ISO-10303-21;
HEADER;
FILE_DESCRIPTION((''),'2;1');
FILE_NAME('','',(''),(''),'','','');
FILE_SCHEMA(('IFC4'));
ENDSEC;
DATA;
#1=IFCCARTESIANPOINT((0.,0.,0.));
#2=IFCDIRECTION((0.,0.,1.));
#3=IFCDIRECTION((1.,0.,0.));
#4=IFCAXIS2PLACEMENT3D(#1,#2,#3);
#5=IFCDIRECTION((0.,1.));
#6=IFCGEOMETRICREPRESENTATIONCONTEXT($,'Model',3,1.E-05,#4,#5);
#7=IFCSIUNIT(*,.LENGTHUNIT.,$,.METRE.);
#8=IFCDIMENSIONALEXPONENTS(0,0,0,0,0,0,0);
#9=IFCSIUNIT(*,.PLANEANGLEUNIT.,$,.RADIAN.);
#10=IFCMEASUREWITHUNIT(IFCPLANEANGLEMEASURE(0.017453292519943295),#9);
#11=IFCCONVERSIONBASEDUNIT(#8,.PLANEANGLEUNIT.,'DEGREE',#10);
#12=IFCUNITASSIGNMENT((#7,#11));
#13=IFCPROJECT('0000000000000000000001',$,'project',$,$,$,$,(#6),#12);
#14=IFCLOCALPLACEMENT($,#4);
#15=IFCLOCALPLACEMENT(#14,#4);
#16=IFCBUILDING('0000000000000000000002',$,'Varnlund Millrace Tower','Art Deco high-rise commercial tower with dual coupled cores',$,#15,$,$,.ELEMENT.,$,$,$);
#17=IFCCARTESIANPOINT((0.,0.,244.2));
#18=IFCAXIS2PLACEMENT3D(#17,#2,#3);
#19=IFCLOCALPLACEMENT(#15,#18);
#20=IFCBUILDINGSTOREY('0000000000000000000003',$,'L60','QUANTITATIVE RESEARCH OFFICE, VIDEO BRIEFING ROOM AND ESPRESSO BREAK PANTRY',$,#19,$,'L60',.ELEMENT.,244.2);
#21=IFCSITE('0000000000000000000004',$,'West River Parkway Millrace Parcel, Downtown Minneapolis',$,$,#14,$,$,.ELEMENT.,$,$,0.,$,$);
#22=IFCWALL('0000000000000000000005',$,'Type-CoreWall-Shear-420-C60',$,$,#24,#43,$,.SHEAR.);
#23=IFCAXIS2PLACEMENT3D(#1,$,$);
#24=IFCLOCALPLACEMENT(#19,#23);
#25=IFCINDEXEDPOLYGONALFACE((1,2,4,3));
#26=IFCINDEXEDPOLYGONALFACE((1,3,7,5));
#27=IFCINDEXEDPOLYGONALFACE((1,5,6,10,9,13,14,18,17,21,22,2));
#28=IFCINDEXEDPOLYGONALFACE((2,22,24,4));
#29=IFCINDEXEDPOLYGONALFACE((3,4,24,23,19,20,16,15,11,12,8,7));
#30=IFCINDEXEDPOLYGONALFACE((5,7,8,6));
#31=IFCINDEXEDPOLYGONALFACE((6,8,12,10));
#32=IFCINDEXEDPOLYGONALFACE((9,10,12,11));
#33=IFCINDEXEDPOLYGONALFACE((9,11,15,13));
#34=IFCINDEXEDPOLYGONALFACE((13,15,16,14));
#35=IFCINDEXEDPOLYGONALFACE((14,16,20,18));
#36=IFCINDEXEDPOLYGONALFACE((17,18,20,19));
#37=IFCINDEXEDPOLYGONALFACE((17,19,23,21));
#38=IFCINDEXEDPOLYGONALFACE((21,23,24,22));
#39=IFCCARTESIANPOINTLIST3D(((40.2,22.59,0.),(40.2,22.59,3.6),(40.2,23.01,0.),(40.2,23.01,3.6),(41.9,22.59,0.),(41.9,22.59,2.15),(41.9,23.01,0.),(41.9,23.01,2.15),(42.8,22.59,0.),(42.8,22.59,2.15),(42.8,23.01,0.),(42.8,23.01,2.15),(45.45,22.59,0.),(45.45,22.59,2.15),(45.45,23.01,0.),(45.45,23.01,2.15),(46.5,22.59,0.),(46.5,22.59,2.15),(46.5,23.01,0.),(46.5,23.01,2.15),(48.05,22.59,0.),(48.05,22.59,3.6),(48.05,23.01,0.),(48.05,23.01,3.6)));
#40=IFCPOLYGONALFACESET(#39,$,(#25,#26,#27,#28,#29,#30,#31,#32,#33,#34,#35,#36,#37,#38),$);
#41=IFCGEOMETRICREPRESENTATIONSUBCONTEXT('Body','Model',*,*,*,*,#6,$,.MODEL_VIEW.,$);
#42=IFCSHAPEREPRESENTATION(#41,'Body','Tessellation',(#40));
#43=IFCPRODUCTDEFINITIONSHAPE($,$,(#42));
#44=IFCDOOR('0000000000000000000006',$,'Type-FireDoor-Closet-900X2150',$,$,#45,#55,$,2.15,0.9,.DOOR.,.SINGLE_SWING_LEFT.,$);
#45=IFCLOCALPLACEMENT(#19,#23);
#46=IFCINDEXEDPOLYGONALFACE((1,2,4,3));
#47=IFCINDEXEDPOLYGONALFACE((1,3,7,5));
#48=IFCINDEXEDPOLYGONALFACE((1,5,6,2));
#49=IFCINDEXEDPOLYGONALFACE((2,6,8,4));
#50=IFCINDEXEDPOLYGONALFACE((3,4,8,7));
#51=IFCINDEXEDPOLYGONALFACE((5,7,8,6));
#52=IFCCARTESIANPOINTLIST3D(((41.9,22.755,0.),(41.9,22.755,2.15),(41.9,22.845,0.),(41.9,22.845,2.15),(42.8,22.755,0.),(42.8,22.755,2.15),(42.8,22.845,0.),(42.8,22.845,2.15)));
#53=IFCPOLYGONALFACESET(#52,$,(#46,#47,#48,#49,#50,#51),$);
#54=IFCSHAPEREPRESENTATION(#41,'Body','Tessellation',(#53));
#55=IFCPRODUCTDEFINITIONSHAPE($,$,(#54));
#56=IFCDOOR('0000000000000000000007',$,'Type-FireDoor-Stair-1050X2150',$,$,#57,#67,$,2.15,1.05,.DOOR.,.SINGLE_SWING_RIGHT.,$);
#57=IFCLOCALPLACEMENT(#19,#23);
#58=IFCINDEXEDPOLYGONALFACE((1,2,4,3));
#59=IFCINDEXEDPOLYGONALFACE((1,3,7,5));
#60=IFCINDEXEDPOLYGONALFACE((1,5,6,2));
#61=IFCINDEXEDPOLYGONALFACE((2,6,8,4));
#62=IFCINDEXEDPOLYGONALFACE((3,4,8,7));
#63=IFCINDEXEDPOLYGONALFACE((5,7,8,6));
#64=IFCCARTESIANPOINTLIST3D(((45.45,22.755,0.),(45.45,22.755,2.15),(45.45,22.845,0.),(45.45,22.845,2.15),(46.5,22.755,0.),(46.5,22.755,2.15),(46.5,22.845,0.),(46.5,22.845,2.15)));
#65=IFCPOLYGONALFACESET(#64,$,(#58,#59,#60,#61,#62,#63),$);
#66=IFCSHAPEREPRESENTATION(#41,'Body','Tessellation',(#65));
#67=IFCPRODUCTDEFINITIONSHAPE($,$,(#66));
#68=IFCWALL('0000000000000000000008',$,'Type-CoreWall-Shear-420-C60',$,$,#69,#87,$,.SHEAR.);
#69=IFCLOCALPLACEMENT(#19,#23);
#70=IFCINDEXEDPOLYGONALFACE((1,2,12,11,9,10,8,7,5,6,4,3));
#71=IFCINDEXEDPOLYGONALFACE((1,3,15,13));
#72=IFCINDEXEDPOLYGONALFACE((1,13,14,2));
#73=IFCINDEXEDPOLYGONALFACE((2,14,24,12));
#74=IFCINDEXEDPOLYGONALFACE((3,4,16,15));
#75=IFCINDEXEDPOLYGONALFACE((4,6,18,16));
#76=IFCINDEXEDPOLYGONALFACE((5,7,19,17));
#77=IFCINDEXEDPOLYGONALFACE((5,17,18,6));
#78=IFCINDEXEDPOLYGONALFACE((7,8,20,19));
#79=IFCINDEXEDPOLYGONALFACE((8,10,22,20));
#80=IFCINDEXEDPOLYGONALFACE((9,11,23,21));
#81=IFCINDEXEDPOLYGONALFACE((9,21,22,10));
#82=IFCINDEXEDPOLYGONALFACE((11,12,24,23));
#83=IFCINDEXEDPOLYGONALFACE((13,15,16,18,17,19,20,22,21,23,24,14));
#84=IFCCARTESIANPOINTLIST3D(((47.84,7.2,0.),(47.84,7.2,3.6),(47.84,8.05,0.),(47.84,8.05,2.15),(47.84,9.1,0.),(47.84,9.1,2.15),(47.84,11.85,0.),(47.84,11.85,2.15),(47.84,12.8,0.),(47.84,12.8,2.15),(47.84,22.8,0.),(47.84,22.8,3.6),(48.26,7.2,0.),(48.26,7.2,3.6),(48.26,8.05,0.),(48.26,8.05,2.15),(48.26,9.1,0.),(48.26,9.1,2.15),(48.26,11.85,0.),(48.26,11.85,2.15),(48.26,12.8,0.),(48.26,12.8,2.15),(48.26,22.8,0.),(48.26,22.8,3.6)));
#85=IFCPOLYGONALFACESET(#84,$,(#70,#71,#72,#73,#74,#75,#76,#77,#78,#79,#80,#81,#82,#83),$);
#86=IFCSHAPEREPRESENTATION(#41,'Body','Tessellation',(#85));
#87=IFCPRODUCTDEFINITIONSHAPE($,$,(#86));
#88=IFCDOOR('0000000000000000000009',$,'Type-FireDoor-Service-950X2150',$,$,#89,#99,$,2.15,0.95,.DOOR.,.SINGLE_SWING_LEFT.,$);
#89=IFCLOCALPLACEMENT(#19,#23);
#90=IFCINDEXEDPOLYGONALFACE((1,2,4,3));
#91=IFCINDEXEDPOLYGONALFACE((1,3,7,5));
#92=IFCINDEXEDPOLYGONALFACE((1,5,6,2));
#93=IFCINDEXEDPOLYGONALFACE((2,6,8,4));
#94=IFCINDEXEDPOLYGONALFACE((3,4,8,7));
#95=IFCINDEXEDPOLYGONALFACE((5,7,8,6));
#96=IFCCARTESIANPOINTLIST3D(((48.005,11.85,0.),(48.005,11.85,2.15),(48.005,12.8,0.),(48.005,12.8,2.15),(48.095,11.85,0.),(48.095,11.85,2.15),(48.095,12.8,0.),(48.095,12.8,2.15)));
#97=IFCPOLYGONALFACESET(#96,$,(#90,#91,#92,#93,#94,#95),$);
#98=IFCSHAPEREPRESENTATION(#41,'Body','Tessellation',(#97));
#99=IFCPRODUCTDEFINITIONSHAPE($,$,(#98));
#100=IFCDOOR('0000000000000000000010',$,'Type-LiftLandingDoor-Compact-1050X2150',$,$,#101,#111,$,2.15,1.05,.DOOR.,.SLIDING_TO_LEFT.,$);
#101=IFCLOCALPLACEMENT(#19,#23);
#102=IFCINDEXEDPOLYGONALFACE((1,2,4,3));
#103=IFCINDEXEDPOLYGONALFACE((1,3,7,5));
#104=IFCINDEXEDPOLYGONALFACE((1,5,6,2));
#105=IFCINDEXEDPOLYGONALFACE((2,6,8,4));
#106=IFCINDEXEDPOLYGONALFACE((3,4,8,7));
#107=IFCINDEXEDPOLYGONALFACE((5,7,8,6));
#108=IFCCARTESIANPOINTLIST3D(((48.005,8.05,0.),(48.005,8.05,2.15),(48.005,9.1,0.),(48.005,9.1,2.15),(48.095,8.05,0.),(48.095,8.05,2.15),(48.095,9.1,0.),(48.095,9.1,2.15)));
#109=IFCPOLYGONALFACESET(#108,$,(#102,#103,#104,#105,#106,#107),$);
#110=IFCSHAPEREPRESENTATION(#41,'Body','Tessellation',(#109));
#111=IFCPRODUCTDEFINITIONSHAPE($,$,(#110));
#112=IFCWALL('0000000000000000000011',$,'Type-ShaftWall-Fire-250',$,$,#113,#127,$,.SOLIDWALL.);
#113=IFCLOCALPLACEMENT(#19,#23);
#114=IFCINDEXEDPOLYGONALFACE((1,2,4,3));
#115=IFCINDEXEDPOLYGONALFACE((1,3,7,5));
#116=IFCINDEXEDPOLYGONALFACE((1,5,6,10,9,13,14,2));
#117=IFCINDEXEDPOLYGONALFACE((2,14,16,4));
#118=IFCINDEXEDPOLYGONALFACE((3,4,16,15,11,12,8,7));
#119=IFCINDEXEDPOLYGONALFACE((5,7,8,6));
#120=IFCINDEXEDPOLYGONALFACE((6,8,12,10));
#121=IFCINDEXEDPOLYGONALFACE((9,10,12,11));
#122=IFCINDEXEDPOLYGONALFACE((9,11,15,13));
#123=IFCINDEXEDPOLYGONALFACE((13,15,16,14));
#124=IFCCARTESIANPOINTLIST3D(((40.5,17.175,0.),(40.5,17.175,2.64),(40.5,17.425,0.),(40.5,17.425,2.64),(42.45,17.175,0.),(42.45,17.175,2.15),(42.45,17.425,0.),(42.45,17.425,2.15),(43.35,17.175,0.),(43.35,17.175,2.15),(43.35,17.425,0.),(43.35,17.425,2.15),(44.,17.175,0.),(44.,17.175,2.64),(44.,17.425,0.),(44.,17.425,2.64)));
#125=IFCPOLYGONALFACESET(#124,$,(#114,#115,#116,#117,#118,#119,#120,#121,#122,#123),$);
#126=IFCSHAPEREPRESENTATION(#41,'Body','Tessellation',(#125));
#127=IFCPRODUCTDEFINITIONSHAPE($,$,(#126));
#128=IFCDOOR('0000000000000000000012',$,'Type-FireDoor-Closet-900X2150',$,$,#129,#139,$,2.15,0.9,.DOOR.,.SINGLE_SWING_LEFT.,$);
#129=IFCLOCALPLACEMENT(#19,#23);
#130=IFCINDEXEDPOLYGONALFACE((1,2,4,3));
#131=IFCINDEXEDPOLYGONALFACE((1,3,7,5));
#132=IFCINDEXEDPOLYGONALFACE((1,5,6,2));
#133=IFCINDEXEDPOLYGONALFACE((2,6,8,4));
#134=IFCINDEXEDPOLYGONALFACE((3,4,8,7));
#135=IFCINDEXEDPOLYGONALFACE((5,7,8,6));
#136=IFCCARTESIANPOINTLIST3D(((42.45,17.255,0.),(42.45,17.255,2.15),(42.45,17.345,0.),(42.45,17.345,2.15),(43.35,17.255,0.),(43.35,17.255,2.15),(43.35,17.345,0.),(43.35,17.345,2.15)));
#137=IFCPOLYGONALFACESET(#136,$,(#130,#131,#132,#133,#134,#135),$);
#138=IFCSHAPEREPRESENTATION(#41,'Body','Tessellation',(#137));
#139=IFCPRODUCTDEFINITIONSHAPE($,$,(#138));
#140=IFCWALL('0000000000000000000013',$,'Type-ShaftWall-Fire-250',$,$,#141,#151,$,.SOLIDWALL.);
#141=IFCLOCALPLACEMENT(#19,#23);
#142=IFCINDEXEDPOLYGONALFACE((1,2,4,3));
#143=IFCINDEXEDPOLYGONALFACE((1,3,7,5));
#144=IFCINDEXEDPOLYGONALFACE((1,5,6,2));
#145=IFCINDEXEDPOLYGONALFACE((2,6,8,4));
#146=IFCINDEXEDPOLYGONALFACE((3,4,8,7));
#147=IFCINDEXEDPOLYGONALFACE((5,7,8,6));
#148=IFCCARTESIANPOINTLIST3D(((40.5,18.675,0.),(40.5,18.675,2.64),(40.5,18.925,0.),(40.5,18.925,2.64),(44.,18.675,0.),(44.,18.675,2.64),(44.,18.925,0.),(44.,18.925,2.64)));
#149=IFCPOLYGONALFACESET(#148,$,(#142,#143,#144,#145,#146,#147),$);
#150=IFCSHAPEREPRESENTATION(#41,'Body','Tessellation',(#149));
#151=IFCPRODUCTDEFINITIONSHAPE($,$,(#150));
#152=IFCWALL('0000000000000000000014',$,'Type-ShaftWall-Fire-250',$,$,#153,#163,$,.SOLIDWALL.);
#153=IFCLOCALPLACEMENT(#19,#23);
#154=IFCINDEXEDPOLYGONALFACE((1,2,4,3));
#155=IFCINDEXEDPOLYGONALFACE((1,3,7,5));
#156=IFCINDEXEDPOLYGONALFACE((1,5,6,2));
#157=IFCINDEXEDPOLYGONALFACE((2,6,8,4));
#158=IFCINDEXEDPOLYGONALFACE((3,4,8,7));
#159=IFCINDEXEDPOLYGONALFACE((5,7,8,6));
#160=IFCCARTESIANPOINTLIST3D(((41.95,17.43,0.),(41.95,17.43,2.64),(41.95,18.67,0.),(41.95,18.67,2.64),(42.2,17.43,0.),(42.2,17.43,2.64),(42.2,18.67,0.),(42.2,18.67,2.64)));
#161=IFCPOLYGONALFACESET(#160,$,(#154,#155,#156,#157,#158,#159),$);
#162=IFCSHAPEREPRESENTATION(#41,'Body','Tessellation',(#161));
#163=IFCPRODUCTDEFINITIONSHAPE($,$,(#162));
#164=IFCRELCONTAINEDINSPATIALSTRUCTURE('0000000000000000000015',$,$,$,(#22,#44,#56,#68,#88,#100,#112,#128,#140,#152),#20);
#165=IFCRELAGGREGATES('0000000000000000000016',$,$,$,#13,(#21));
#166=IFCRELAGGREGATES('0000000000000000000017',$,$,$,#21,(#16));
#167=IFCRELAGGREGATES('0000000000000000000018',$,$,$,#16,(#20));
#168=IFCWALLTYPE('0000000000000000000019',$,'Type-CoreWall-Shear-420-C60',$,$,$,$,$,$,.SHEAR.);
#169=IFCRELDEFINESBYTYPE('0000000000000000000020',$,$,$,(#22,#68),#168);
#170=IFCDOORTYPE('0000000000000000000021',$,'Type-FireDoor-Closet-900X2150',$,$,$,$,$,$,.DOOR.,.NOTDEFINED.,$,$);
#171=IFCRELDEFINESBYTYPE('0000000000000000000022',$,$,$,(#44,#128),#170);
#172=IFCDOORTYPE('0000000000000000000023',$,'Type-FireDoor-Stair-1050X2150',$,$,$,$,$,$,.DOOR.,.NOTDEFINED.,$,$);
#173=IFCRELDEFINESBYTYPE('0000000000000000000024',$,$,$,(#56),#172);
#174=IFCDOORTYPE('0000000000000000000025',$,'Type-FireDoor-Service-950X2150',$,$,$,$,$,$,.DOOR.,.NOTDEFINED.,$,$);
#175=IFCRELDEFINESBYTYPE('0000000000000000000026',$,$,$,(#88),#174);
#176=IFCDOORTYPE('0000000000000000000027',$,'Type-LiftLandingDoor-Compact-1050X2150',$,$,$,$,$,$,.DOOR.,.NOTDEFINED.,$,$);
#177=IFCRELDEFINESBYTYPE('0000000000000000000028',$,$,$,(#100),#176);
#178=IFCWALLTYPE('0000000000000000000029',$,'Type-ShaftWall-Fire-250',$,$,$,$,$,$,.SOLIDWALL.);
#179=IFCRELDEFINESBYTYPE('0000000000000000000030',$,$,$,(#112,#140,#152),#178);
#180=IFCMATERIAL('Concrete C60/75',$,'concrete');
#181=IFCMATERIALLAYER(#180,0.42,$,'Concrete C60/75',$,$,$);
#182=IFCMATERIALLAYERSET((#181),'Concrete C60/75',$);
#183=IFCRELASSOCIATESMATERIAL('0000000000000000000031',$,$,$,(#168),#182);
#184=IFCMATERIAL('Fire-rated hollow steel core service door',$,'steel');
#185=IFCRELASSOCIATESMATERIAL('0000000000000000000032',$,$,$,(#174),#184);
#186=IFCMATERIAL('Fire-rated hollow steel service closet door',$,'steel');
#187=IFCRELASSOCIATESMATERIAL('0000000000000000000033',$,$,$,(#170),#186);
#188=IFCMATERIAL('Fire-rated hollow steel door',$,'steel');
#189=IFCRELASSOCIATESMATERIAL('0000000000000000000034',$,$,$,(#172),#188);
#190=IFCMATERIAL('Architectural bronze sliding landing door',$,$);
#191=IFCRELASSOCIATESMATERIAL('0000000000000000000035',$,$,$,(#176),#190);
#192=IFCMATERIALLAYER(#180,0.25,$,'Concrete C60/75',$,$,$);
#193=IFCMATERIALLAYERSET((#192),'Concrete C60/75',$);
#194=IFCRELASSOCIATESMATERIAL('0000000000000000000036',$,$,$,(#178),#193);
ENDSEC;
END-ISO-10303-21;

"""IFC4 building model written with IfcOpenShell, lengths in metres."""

from ifc_helpers import new_model, entity, si_unit, converted_unit, direction, frame, origin_with_axes, origin_2d_with_axis, place, context, subcontext, project, spatial, polyline, rectangle, outline, extrude, material, layer, layer_set, type_object, element, fill, save


model = new_model("IFC4")

# Units and contexts
model_context = context("Model", 3, precision=1e-05, world=origin_with_axes(), true_north=direction((0.0, 1.0)))
body_context = subcontext(model_context, "Body", "Model", "MODEL_VIEW")
ifc_project = project(units=[si_unit("LENGTHUNIT", "METRE"), converted_unit("PLANEANGLEUNIT", "DEGREE", entity("IfcPlaneAngleMeasure", 0.017453292519943295), si_unit("PLANEANGLEUNIT", "RADIAN"), dimensions=[0, 0, 0, 0, 0, 0, 0])], contexts=[model_context])

# Site, building, storey
site_placement = place(None, origin_with_axes())
site = spatial("IfcSite", under=ifc_project, at=site_placement, Name="West River Parkway Millrace Parcel, Downtown Minneapolis", CompositionType="ELEMENT", RefElevation=0.0)
building_placement = place(site_placement, origin_with_axes())
building = spatial("IfcBuilding", under=site, at=building_placement, Name="Varnlund Millrace Tower", Description="Art Deco high-rise commercial tower with dual coupled cores", CompositionType="ELEMENT")
storey_placement = place(building_placement, frame((0.0, 0.0, 244.2), z_axis=(0.0, 0.0, 1.0), x_axis=(1.0, 0.0, 0.0)))
storey = spatial("IfcBuildingStorey", under=building, at=storey_placement, Name="L60", Description="QUANTITATIVE RESEARCH OFFICE, VIDEO BRIEFING ROOM AND ESPRESSO BREAK PANTRY", LongName="L60", CompositionType="ELEMENT", Elevation=244.2)

# Shared definitions
ifc_material_1 = material(Name="Concrete C60/75", Category="concrete")
ifc_layer_1 = layer(ifc_material_1, 0.42, Name="Concrete C60/75")
ifc_layer_set_1 = layer_set([ifc_layer_1], Name="Concrete C60/75")
wall_type_1 = type_object("IfcWallType", Name="Type-CoreWall-Shear-420-C60", PredefinedType="SHEAR", material=ifc_layer_set_1)
ifc_material_2 = material(Name="Fire-rated hollow steel core service door", Category="steel")
door_type_1 = type_object("IfcDoorType", Name="Type-FireDoor-Service-950X2150", OperationType="NOTDEFINED", PredefinedType="DOOR", material=ifc_material_2)
ifc_material_3 = material(Name="Fire-rated hollow steel service closet door", Category="steel")
door_type_2 = type_object("IfcDoorType", Name="Type-FireDoor-Closet-900X2150", OperationType="NOTDEFINED", PredefinedType="DOOR", material=ifc_material_3)

# Shared definitions
ifc_material_4 = material(Name="Fire-rated hollow steel door", Category="steel")
door_type_3 = type_object("IfcDoorType", Name="Type-FireDoor-Stair-1050X2150", OperationType="NOTDEFINED", PredefinedType="DOOR", material=ifc_material_4)

# Walls, openings, doors
wall_1_placement = place(storey_placement, frame((40.2, 22.8, 0.0), z_axis=(0.0, 0.0, 1.0), x_axis=(1.0, 0.0, 0.0)))
wall_1 = element("IfcWall", 1, at=wall_1_placement, inside=storey, type_object=wall_type_1, Name="Type-CoreWall-Shear-420-C60", PredefinedType="SHEAR", context=body_context, shape_type="SweptSolid", body=[
    extrude(outline(polyline([(0.0, -0.21), (7.85, -0.21), (7.85, 0.21), (0.0, 0.21), (0.0, -0.21)])), origin_with_axes(), (0.0, 0.0, 1.0), 3.6),
])
opening_1_placement = place(wall_1_placement, frame((5.775, 0.0, 0.0), z_axis=(0.0, 0.0, 1.0), x_axis=(1.0, 0.0, 0.0)))
opening_1 = element("IfcOpeningElement", 2, at=opening_1_placement, cuts=wall_1, PredefinedType="OPENING", context=body_context, shape_type="SweptSolid", body=[
    extrude(rectangle(XDim=1.05, YDim=0.44, at=origin_2d_with_axis()), origin_with_axes(), (0.0, 0.0, 1.0), 2.15),
])
opening_2_placement = place(wall_1_placement, frame((2.15, 0.0, 0.0), z_axis=(0.0, 0.0, 1.0), x_axis=(1.0, 0.0, 0.0)))
opening_2 = element("IfcOpeningElement", 3, at=opening_2_placement, cuts=wall_1, PredefinedType="OPENING", context=body_context, shape_type="SweptSolid", body=[
    extrude(rectangle(XDim=0.9, YDim=0.44, at=origin_2d_with_axis()), origin_with_axes(), (0.0, 0.0, 1.0), 2.15),
])
door_1_placement = place(wall_1_placement, frame((2.15, 0.0, 0.0), z_axis=(0.0, 0.0, 1.0), x_axis=(1.0, 0.0, 0.0)))
door_1 = element("IfcDoor", 4, at=door_1_placement, inside=storey, type_object=door_type_2, Name="Type-FireDoor-Closet-900X2150", OperationType="SINGLE_SWING_LEFT", OverallHeight=2.15, OverallWidth=0.9, PredefinedType="DOOR", context=body_context, shape_type="SweptSolid", body=[
    extrude(rectangle(XDim=0.9, YDim=0.09, at=origin_2d_with_axis()), origin_with_axes(), (0.0, 0.0, 1.0), 2.15),
])
fill(opening_2, door_1)
door_2_placement = place(wall_1_placement, frame((5.775, 0.0, 0.0), z_axis=(0.0, 0.0, 1.0), x_axis=(1.0, 0.0, 0.0)))
door_2 = element("IfcDoor", 5, at=door_2_placement, inside=storey, type_object=door_type_3, Name="Type-FireDoor-Stair-1050X2150", OperationType="SINGLE_SWING_RIGHT", OverallHeight=2.15, OverallWidth=1.05, PredefinedType="DOOR", context=body_context, shape_type="SweptSolid", body=[
    extrude(rectangle(XDim=1.05, YDim=0.09, at=origin_2d_with_axis()), origin_with_axes(), (0.0, 0.0, 1.0), 2.15),
])
fill(opening_1, door_2)
wall_2_placement = place(storey_placement, frame((48.05, 7.2, 0.0), z_axis=(0.0, 0.0, 1.0), x_axis=(0.0, 1.0, 0.0)))
wall_2 = element("IfcWall", 6, at=wall_2_placement, inside=storey, type_object=wall_type_1, Name="Type-CoreWall-Shear-420-C60", PredefinedType="SHEAR", context=body_context, shape_type="SweptSolid", body=[
    extrude(outline(polyline([(0.0, -0.21), (15.6, -0.21), (15.6, 0.21), (0.0, 0.21), (0.0, -0.21)])), origin_with_axes(), (0.0, 0.0, 1.0), 3.6),
])
opening_3_placement = place(wall_2_placement, frame((1.375, 0.0, 0.0), z_axis=(0.0, 0.0, 1.0), x_axis=(1.0, 0.0, 0.0)))
opening_3 = element("IfcOpeningElement", 7, at=opening_3_placement, cuts=wall_2, PredefinedType="OPENING", context=body_context, shape_type="SweptSolid", body=[
    extrude(rectangle(XDim=1.05, YDim=0.44, at=origin_2d_with_axis()), origin_with_axes(), (0.0, 0.0, 1.0), 2.15),
])
opening_4_placement = place(wall_2_placement, frame((5.125, 0.0, 0.0), z_axis=(0.0, 0.0, 1.0), x_axis=(1.0, 0.0, 0.0)))
opening_4 = element("IfcOpeningElement", 8, at=opening_4_placement, cuts=wall_2, PredefinedType="OPENING", context=body_context, shape_type="SweptSolid", body=[
    extrude(rectangle(XDim=0.95, YDim=0.44, at=origin_2d_with_axis()), origin_with_axes(), (0.0, 0.0, 1.0), 2.15),
])
door_3_placement = place(wall_2_placement, frame((5.125, 0.0, 0.0), z_axis=(0.0, 0.0, 1.0), x_axis=(1.0, 0.0, 0.0)))
door_3 = element("IfcDoor", 9, at=door_3_placement, inside=storey, type_object=door_type_1, Name="Type-FireDoor-Service-950X2150", OperationType="SINGLE_SWING_LEFT", OverallHeight=2.15, OverallWidth=0.95, PredefinedType="DOOR", context=body_context, shape_type="SweptSolid", body=[
    extrude(rectangle(XDim=0.95, YDim=0.09, at=origin_2d_with_axis()), origin_with_axes(), (0.0, 0.0, 1.0), 2.15),
])
fill(opening_4, door_3)
ifc_material_5 = material(Name="Architectural bronze sliding landing door")
door_type_4 = type_object("IfcDoorType", Name="Type-LiftLandingDoor-Compact-1050X2150", OperationType="NOTDEFINED", PredefinedType="DOOR", material=ifc_material_5)
door_4_placement = place(wall_2_placement, frame((1.375, 0.0, 0.0), z_axis=(0.0, 0.0, 1.0), x_axis=(1.0, 0.0, 0.0)))
door_4 = element("IfcDoor", 10, at=door_4_placement, inside=storey, type_object=door_type_4, Name="Type-LiftLandingDoor-Compact-1050X2150", OperationType="SLIDING_TO_LEFT", OverallHeight=2.15, OverallWidth=1.05, PredefinedType="DOOR", context=body_context, shape_type="SweptSolid", body=[
    extrude(rectangle(XDim=1.05, YDim=0.09, at=origin_2d_with_axis()), origin_with_axes(), (0.0, 0.0, 1.0), 2.15),
])
fill(opening_3, door_4)

# Wall, opening, door
ifc_layer_2 = layer(ifc_material_1, 0.25, Name="Concrete C60/75")
ifc_layer_set_2 = layer_set([ifc_layer_2], Name="Concrete C60/75")
wall_type_2 = type_object("IfcWallType", Name="Type-ShaftWall-Fire-250", PredefinedType="SOLIDWALL", material=ifc_layer_set_2)
wall_3_placement = place(storey_placement, frame((40.5, 17.3, 0.0), z_axis=(0.0, 0.0, 1.0), x_axis=(1.0, 0.0, 0.0)))
wall_3 = element("IfcWall", 11, at=wall_3_placement, inside=storey, type_object=wall_type_2, Name="Type-ShaftWall-Fire-250", PredefinedType="SOLIDWALL", context=body_context, shape_type="SweptSolid", body=[
    extrude(outline(polyline([(0.0, -0.125), (3.5, -0.125), (3.5, 0.125), (0.0, 0.125), (0.0, -0.125)])), origin_with_axes(), (0.0, 0.0, 1.0), 2.64),
])
opening_5_placement = place(wall_3_placement, frame((2.4, 0.0, 0.0), z_axis=(0.0, 0.0, 1.0), x_axis=(1.0, 0.0, 0.0)))
opening_5 = element("IfcOpeningElement", 12, at=opening_5_placement, cuts=wall_3, PredefinedType="OPENING", context=body_context, shape_type="SweptSolid", body=[
    extrude(rectangle(XDim=0.9, YDim=0.27, at=origin_2d_with_axis()), origin_with_axes(), (0.0, 0.0, 1.0), 2.15),
])
door_5_placement = place(wall_3_placement, frame((2.4, 0.0, 0.0), z_axis=(0.0, 0.0, 1.0), x_axis=(1.0, 0.0, 0.0)))
door_5 = element("IfcDoor", 13, at=door_5_placement, inside=storey, type_object=door_type_2, Name="Type-FireDoor-Closet-900X2150", OperationType="SINGLE_SWING_LEFT", OverallHeight=2.15, OverallWidth=0.9, PredefinedType="DOOR", context=body_context, shape_type="SweptSolid", body=[
    extrude(rectangle(XDim=0.9, YDim=0.09, at=origin_2d_with_axis()), origin_with_axes(), (0.0, 0.0, 1.0), 2.15),
])
fill(opening_5, door_5)

# Walls
wall_4_placement = place(storey_placement, frame((40.5, 18.8, 0.0), z_axis=(0.0, 0.0, 1.0), x_axis=(1.0, 0.0, 0.0)))
element("IfcWall", 14, at=wall_4_placement, inside=storey, type_object=wall_type_2, Name="Type-ShaftWall-Fire-250", PredefinedType="SOLIDWALL", context=body_context, shape_type="SweptSolid", body=[
    extrude(outline(polyline([(0.0, -0.125), (3.5, -0.125), (3.5, 0.125), (0.0, 0.125), (0.0, -0.125)])), origin_with_axes(), (0.0, 0.0, 1.0), 2.64),
])
wall_5_placement = place(storey_placement, frame((42.075, 17.43, 0.0), z_axis=(0.0, 0.0, 1.0), x_axis=(0.0, 1.0, 0.0)))
element("IfcWall", 15, at=wall_5_placement, inside=storey, type_object=wall_type_2, Name="Type-ShaftWall-Fire-250", PredefinedType="SOLIDWALL", context=body_context, shape_type="SweptSolid", body=[
    extrude(outline(polyline([(0.0, -0.125), (1.24, -0.125), (1.24, 0.125), (0.0, 0.125), (0.0, -0.125)])), origin_with_axes(), (0.0, 0.0, 1.0), 2.64),
])

save(model, "model.ifc")
